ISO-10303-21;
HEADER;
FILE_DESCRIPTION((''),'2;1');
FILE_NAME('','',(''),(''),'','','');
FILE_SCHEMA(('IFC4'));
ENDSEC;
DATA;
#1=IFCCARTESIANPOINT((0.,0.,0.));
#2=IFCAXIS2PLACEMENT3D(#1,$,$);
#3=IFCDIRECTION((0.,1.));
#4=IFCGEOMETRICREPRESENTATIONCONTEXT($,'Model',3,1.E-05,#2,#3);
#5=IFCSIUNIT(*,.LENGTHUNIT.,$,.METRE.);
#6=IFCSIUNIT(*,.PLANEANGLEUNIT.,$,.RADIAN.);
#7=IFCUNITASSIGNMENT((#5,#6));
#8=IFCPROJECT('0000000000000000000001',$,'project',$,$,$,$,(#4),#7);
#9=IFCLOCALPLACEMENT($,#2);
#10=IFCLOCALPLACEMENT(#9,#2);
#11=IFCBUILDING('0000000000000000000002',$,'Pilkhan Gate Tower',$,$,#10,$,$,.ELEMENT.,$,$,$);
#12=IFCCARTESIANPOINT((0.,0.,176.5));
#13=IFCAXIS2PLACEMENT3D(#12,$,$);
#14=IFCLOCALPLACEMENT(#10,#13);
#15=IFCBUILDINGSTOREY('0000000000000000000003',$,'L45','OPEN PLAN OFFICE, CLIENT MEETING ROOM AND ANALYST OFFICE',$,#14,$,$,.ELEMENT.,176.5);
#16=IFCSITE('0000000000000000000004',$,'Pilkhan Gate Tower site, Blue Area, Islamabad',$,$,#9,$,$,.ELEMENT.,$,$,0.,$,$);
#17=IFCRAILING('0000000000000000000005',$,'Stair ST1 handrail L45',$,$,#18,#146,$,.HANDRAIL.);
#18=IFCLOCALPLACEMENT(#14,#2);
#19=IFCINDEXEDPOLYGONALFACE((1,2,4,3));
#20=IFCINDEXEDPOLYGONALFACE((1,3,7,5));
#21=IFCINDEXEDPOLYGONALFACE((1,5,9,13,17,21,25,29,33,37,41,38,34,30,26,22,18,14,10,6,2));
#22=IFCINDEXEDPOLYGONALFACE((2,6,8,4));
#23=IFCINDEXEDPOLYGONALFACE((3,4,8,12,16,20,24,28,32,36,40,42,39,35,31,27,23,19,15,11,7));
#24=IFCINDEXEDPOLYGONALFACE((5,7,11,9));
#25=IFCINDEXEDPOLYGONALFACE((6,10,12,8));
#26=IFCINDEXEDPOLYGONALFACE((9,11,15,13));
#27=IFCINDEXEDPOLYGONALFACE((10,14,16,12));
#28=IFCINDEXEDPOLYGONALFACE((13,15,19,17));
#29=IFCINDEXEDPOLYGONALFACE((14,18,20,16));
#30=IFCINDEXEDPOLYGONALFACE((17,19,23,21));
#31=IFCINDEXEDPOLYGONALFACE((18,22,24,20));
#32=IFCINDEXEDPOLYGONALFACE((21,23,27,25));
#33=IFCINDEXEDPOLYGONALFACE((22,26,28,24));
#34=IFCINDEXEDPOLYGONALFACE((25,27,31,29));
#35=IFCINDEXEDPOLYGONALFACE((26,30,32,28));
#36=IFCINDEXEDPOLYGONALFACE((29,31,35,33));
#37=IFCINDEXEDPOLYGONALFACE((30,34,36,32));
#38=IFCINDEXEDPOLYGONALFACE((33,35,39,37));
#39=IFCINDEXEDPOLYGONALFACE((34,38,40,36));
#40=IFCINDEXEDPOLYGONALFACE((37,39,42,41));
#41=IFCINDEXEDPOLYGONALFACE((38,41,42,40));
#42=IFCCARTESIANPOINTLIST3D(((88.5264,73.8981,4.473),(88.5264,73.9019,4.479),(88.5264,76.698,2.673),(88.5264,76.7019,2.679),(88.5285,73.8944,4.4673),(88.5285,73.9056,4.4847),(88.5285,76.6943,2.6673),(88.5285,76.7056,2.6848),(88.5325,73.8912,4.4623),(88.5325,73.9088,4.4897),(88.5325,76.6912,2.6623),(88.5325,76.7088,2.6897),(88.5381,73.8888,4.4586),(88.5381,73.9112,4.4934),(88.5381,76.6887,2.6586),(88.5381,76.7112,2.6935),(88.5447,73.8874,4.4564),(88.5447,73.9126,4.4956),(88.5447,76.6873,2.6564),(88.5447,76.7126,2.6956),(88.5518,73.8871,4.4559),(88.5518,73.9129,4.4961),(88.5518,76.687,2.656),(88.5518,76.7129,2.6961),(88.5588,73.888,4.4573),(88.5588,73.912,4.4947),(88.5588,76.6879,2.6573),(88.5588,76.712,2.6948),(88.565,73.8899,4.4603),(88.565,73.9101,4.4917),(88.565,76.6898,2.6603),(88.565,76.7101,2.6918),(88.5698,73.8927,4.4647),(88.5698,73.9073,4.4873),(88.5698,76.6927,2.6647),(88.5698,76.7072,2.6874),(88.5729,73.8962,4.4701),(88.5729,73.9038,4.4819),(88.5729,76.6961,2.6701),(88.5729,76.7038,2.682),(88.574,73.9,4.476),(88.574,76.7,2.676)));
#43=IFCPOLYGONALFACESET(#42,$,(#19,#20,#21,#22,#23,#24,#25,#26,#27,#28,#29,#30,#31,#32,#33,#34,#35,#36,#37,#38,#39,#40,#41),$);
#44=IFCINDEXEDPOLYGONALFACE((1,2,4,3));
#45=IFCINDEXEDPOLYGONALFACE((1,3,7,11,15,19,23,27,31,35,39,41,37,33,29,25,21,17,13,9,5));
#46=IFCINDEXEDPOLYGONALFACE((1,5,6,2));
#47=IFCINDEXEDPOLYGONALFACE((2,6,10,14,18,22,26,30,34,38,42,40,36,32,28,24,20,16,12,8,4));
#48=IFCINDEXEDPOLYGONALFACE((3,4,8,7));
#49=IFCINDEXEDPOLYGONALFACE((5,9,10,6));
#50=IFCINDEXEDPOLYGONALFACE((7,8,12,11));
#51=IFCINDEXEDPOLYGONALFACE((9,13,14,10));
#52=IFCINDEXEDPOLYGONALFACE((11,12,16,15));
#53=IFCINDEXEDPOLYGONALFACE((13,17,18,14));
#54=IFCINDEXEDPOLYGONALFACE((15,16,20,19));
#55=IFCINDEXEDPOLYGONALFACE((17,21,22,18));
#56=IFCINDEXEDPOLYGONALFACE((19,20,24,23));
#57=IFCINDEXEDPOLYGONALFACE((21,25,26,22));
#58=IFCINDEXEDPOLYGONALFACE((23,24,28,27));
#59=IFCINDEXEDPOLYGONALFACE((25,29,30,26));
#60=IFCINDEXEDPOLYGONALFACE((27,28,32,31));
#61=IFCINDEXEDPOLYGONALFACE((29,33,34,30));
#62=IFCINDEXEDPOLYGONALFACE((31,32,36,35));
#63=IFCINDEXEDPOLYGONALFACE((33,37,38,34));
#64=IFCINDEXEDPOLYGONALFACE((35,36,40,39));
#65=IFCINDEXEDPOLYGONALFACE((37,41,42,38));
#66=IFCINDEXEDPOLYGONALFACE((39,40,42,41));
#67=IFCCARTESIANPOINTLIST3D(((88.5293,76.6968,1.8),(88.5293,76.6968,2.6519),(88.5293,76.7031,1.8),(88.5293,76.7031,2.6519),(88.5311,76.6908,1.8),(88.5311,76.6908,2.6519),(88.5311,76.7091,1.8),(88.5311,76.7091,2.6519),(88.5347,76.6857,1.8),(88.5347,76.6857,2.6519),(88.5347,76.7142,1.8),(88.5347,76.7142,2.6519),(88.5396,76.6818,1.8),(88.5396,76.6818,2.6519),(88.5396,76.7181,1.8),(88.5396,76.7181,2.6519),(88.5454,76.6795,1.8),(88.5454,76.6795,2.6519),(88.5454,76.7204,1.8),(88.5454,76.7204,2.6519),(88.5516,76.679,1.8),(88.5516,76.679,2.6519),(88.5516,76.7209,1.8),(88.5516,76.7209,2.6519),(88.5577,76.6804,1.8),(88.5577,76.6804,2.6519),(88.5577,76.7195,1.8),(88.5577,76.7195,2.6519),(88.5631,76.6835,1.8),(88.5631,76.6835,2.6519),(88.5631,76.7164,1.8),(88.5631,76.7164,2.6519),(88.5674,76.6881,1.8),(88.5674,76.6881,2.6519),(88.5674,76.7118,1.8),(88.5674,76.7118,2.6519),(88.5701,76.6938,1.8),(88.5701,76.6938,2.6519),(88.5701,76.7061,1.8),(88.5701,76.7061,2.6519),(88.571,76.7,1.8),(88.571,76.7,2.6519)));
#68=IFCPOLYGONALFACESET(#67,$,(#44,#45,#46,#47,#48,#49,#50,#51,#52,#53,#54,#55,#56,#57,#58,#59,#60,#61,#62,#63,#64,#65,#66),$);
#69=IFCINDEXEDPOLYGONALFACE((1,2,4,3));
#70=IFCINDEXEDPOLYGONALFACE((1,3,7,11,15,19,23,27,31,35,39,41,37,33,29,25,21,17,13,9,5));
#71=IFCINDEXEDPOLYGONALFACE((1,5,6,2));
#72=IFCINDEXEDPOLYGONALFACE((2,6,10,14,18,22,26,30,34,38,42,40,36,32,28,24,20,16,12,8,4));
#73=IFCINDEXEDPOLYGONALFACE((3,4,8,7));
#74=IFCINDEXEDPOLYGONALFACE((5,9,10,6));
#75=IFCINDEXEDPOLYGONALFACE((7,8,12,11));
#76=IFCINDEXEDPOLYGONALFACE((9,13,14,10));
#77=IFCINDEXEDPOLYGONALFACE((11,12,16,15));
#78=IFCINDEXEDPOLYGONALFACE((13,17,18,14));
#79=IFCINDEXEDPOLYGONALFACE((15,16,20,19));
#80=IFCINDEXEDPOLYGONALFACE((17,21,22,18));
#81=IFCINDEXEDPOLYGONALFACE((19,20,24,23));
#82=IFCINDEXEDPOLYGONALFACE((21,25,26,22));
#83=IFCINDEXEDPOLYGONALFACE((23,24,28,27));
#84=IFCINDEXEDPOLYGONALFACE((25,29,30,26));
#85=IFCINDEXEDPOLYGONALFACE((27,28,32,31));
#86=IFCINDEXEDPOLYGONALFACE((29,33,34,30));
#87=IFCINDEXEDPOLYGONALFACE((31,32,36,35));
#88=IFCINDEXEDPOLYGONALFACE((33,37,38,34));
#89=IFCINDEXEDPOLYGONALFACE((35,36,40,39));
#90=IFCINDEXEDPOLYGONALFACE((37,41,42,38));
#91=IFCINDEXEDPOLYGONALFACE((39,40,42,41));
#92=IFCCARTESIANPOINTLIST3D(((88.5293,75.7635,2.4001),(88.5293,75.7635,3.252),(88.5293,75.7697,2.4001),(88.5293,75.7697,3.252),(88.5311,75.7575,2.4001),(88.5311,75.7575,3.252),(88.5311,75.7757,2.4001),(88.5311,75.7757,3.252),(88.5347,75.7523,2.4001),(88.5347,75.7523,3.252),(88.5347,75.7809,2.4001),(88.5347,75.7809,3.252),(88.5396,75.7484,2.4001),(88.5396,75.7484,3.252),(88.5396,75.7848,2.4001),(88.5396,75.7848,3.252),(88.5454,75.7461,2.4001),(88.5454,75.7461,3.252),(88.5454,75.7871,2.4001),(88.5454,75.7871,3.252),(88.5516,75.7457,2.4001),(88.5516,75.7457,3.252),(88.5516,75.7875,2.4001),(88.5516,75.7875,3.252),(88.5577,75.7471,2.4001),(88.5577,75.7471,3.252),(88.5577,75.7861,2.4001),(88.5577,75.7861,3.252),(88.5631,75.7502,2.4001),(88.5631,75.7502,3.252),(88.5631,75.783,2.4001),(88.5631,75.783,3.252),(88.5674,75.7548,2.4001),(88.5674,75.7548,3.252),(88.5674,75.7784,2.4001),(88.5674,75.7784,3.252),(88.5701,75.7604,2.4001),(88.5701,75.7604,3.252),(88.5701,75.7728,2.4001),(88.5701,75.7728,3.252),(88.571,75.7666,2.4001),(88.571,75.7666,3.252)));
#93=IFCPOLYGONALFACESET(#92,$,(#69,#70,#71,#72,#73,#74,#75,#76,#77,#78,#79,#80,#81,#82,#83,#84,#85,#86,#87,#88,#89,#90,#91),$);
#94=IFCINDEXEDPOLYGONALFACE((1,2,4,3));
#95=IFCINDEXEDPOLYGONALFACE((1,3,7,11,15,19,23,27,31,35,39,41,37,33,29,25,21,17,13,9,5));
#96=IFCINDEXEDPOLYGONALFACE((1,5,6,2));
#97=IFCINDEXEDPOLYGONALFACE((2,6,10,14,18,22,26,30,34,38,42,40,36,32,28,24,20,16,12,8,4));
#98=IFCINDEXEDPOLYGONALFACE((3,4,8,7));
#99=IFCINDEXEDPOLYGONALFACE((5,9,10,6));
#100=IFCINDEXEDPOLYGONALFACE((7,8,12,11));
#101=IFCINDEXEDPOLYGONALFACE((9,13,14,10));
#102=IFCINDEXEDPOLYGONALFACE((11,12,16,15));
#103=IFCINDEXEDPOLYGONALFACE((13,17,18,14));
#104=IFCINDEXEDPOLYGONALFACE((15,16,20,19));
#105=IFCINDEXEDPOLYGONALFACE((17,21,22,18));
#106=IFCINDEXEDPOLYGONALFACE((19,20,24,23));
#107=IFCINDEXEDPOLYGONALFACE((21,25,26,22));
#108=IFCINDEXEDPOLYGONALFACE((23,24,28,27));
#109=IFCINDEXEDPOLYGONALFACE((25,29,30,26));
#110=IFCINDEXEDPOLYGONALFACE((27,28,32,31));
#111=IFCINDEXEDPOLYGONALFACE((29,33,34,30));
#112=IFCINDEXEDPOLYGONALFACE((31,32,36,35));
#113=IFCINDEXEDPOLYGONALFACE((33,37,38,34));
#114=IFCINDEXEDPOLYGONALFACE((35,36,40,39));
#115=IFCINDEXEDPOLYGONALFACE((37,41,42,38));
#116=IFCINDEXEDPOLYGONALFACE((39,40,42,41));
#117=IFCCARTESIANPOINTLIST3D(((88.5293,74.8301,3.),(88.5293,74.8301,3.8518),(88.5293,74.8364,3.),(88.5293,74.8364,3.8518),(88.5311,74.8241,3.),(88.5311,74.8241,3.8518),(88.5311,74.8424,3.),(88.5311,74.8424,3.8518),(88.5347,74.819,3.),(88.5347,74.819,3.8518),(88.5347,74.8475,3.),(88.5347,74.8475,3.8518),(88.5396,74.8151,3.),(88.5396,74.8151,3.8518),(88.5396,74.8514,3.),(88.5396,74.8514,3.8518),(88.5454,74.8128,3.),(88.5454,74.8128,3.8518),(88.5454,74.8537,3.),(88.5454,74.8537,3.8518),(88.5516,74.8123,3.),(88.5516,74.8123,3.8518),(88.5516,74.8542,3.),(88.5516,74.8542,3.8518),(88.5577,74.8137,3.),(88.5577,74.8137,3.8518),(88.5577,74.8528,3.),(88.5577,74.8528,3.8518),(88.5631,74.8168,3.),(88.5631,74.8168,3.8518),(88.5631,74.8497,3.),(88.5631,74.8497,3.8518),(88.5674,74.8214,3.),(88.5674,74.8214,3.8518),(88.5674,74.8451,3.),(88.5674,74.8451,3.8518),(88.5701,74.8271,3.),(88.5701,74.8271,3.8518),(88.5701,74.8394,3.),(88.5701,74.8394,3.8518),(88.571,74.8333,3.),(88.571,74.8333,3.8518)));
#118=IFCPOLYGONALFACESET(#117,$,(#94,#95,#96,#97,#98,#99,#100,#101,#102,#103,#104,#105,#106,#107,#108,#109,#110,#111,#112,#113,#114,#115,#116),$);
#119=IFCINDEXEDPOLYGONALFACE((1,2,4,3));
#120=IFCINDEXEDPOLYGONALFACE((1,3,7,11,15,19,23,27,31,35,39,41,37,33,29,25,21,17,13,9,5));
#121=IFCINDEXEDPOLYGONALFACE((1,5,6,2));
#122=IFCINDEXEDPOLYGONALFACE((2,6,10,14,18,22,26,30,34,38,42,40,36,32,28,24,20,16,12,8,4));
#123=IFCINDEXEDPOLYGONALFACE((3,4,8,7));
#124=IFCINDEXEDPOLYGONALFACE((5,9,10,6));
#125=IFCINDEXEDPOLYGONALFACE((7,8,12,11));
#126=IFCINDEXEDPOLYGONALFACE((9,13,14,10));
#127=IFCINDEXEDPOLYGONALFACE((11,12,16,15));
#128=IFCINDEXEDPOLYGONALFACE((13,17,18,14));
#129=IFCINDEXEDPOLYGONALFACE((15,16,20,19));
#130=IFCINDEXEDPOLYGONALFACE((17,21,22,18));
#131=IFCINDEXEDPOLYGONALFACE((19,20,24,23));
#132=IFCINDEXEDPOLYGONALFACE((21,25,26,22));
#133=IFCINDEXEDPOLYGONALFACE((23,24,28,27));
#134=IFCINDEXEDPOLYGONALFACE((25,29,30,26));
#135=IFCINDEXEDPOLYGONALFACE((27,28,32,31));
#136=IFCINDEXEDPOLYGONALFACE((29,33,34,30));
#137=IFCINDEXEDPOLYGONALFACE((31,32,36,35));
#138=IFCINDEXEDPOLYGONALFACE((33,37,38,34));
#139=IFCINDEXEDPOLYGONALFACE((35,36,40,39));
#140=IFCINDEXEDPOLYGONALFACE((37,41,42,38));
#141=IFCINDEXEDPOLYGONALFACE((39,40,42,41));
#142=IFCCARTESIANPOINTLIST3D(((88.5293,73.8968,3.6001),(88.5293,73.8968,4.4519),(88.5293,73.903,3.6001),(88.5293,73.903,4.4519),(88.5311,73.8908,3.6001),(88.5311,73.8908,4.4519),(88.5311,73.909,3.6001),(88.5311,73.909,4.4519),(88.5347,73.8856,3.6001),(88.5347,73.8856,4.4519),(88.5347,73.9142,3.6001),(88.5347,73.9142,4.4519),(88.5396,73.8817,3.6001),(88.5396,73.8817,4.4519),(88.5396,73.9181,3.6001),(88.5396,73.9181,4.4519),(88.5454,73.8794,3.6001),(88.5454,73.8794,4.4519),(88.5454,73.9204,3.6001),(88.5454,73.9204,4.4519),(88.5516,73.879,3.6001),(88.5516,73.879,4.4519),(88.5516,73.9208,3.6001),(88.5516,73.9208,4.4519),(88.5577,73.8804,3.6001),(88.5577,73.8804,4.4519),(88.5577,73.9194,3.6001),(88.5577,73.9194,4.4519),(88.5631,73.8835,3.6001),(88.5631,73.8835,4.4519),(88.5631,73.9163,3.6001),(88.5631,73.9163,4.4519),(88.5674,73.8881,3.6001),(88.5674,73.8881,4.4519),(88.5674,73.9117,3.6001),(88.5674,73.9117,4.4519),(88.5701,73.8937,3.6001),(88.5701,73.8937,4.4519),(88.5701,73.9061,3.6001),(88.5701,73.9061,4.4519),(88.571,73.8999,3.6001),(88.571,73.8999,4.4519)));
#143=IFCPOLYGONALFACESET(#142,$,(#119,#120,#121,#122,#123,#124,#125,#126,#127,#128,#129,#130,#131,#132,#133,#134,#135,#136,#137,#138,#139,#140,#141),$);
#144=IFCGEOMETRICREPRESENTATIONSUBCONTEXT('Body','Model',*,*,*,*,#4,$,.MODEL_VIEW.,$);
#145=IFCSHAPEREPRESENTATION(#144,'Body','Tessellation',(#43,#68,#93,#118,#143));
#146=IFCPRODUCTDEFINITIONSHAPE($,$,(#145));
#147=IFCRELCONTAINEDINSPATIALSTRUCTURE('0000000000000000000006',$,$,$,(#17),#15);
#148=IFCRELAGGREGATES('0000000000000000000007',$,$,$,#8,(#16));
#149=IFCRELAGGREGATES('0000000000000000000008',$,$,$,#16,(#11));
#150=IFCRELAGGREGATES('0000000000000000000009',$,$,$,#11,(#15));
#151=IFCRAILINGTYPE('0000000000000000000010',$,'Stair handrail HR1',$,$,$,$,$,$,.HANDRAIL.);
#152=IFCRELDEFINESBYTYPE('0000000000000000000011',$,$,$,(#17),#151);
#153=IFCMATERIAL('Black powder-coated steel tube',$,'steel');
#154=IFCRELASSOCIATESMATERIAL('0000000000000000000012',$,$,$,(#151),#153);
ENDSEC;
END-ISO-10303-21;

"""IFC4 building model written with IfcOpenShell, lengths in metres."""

from ifc_helpers import new_model, si_unit, direction, frame, origin, origin_2d, place, context, subcontext, project, spatial, circle, extrude, material, type_object, element, save


model = new_model("IFC4")

# Units and contexts
model_context = context("Model", 3, precision=1e-05, world=origin(), true_north=direction((0.0, 1.0)))
body_context = subcontext(model_context, "Body", "Model", "MODEL_VIEW")
ifc_project = project(units=[si_unit("LENGTHUNIT", "METRE"), si_unit("PLANEANGLEUNIT", "RADIAN")], contexts=[model_context])

# Site, building, storey
site_placement = place(None, origin())
site = spatial("IfcSite", under=ifc_project, at=site_placement, Name="Pilkhan Gate Tower site, Blue Area, Islamabad", CompositionType="ELEMENT", RefElevation=0.0)
building_placement = place(site_placement, origin())
building = spatial("IfcBuilding", under=site, at=building_placement, Name="Pilkhan Gate Tower", CompositionType="ELEMENT")
storey_placement = place(building_placement, frame((0.0, 0.0, 176.5)))
storey = spatial("IfcBuildingStorey", under=building, at=storey_placement, Name="L45", Description="OPEN PLAN OFFICE, CLIENT MEETING ROOM AND ANALYST OFFICE", CompositionType="ELEMENT", Elevation=176.5)

# Railing
ifc_material_1 = material(Name="Black powder-coated steel tube", Category="steel")
railing_type_1 = type_object("IfcRailingType", Name="Stair handrail HR1", PredefinedType="HANDRAIL", material=ifc_material_1)
railing_1_placement = place(storey_placement, frame((88.55, 76.7, 1.8)))
element("IfcRailing", 1, at=railing_1_placement, inside=storey, type_object=railing_type_1, Name="Stair ST1 handrail L45", PredefinedType="HANDRAIL", context=body_context, shape_type="SweptSolid", body=[
    extrude(circle(Radius=0.0239, at=origin_2d()), frame((0.0, 0.0, 0.876), z_axis=(0.0, -0.841176, 0.540761), x_axis=(1.0, 0.0, 0.0)), (0.0, 0.0, 1.0), 3.3286),
    extrude(circle(Radius=0.021, at=origin_2d()), origin(), (0.0, 0.0, 1.0), 0.8518),
    extrude(circle(Radius=0.021, at=origin_2d()), frame((0.0, -0.9333, 0.6001)), (0.0, 0.0, 1.0), 0.8518),
    extrude(circle(Radius=0.021, at=origin_2d()), frame((0.0, -1.8667, 1.2)), (0.0, 0.0, 1.0), 0.8518),
    extrude(circle(Radius=0.021, at=origin_2d()), frame((0.0, -2.8, 1.8)), (0.0, 0.0, 1.0), 0.8518),
])

save(model, "model.ifc")
